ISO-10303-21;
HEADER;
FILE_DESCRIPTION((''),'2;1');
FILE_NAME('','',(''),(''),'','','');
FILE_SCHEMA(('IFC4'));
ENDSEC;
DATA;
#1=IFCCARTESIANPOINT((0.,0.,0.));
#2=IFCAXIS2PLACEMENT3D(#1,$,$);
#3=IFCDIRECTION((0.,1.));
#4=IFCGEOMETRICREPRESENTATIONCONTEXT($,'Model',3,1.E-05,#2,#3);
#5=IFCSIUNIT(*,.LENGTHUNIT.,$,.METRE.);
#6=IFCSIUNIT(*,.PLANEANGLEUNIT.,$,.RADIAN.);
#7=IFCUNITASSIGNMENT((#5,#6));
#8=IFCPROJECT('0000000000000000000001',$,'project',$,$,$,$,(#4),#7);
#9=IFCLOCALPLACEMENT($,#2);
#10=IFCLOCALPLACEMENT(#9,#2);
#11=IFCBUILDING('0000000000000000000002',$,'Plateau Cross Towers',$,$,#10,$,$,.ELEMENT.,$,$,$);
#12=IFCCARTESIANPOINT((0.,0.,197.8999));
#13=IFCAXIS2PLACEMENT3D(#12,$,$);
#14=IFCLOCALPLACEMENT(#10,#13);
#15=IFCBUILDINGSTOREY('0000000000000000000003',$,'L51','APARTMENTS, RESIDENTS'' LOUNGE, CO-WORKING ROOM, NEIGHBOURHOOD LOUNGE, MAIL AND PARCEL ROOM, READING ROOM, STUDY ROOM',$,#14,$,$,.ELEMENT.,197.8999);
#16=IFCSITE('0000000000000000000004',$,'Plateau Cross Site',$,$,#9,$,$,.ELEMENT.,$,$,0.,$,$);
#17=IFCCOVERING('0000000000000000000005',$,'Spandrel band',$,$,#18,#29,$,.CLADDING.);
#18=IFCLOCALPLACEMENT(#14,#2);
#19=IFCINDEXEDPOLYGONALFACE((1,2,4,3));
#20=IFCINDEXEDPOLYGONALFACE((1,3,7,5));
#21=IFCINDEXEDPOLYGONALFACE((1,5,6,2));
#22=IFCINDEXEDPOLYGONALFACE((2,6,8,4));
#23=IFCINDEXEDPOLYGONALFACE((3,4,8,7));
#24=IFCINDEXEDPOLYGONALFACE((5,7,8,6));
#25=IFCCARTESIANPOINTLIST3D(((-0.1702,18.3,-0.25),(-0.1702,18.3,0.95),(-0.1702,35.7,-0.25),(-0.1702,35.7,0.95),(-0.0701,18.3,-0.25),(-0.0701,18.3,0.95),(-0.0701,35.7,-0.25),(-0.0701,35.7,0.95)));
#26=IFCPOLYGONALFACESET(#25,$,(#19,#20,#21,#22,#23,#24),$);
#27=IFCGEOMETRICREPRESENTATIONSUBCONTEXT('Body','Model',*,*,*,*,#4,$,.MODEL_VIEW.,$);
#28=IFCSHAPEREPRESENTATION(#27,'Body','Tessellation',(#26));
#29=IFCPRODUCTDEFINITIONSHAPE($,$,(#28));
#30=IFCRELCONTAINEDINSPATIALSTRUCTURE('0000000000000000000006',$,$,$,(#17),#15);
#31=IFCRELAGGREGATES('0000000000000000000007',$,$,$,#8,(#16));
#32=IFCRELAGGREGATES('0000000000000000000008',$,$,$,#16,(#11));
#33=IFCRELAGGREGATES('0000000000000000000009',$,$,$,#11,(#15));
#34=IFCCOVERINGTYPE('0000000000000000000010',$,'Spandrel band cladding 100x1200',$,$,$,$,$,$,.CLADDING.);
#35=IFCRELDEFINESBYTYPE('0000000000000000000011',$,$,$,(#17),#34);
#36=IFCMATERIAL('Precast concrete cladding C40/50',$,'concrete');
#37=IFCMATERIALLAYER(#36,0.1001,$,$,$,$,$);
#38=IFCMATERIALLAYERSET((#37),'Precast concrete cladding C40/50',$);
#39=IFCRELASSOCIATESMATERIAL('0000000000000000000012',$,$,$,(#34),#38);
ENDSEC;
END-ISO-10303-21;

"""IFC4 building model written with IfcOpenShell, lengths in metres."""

from ifc_helpers import new_model, si_unit, direction, frame, origin, origin_2d, place, context, subcontext, project, spatial, rectangle, extrude, material, layer, layer_set, type_object, element, save


model = new_model("IFC4")

# Units and contexts
model_context = context("Model", 3, precision=1e-05, world=origin(), true_north=direction((0.0, 1.0)))
body_context = subcontext(model_context, "Body", "Model", "MODEL_VIEW")
ifc_project = project(units=[si_unit("LENGTHUNIT", "METRE"), si_unit("PLANEANGLEUNIT", "RADIAN")], contexts=[model_context])

# Site, building, storey
site_placement = place(None, origin())
site = spatial("IfcSite", under=ifc_project, at=site_placement, Name="Plateau Cross Site", CompositionType="ELEMENT", RefElevation=0.0)
building_placement = place(site_placement, origin())
building = spatial("IfcBuilding", under=site, at=building_placement, Name="Plateau Cross Towers", CompositionType="ELEMENT")
storey_placement = place(building_placement, frame((0.0, 0.0, 197.8999)))
storey = spatial("IfcBuildingStorey", under=building, at=storey_placement, Name="L51", Description="APARTMENTS, RESIDENTS' LOUNGE, CO-WORKING ROOM, NEIGHBOURHOOD LOUNGE, MAIL AND PARCEL ROOM, READING ROOM, STUDY ROOM", CompositionType="ELEMENT", Elevation=197.8999)

# Covering
ifc_material_1 = material(Name="Precast concrete cladding C40/50", Category="concrete")
ifc_layer_1 = layer(ifc_material_1, 0.1001)
ifc_layer_set_1 = layer_set([ifc_layer_1], Name="Precast concrete cladding C40/50")
covering_type = type_object("IfcCoveringType", Name="Spandrel band cladding 100x1200", PredefinedType="CLADDING", material=ifc_layer_set_1)
covering_placement = place(storey_placement, frame((-0.1201, 27.0, -0.25), z_axis=(0.0, 0.0, 1.0), x_axis=(0.0, -1.0, 0.0)))
element("IfcCovering", 1, at=covering_placement, inside=storey, type_object=covering_type, Name="Spandrel band", PredefinedType="CLADDING", context=body_context, shape_type="SweptSolid", body=[
    extrude(rectangle(XDim=17.3999, YDim=0.1001, at=origin_2d()), origin(), (0.0, 0.0, 1.0), 1.2),
])

save(model, "model.ifc")
